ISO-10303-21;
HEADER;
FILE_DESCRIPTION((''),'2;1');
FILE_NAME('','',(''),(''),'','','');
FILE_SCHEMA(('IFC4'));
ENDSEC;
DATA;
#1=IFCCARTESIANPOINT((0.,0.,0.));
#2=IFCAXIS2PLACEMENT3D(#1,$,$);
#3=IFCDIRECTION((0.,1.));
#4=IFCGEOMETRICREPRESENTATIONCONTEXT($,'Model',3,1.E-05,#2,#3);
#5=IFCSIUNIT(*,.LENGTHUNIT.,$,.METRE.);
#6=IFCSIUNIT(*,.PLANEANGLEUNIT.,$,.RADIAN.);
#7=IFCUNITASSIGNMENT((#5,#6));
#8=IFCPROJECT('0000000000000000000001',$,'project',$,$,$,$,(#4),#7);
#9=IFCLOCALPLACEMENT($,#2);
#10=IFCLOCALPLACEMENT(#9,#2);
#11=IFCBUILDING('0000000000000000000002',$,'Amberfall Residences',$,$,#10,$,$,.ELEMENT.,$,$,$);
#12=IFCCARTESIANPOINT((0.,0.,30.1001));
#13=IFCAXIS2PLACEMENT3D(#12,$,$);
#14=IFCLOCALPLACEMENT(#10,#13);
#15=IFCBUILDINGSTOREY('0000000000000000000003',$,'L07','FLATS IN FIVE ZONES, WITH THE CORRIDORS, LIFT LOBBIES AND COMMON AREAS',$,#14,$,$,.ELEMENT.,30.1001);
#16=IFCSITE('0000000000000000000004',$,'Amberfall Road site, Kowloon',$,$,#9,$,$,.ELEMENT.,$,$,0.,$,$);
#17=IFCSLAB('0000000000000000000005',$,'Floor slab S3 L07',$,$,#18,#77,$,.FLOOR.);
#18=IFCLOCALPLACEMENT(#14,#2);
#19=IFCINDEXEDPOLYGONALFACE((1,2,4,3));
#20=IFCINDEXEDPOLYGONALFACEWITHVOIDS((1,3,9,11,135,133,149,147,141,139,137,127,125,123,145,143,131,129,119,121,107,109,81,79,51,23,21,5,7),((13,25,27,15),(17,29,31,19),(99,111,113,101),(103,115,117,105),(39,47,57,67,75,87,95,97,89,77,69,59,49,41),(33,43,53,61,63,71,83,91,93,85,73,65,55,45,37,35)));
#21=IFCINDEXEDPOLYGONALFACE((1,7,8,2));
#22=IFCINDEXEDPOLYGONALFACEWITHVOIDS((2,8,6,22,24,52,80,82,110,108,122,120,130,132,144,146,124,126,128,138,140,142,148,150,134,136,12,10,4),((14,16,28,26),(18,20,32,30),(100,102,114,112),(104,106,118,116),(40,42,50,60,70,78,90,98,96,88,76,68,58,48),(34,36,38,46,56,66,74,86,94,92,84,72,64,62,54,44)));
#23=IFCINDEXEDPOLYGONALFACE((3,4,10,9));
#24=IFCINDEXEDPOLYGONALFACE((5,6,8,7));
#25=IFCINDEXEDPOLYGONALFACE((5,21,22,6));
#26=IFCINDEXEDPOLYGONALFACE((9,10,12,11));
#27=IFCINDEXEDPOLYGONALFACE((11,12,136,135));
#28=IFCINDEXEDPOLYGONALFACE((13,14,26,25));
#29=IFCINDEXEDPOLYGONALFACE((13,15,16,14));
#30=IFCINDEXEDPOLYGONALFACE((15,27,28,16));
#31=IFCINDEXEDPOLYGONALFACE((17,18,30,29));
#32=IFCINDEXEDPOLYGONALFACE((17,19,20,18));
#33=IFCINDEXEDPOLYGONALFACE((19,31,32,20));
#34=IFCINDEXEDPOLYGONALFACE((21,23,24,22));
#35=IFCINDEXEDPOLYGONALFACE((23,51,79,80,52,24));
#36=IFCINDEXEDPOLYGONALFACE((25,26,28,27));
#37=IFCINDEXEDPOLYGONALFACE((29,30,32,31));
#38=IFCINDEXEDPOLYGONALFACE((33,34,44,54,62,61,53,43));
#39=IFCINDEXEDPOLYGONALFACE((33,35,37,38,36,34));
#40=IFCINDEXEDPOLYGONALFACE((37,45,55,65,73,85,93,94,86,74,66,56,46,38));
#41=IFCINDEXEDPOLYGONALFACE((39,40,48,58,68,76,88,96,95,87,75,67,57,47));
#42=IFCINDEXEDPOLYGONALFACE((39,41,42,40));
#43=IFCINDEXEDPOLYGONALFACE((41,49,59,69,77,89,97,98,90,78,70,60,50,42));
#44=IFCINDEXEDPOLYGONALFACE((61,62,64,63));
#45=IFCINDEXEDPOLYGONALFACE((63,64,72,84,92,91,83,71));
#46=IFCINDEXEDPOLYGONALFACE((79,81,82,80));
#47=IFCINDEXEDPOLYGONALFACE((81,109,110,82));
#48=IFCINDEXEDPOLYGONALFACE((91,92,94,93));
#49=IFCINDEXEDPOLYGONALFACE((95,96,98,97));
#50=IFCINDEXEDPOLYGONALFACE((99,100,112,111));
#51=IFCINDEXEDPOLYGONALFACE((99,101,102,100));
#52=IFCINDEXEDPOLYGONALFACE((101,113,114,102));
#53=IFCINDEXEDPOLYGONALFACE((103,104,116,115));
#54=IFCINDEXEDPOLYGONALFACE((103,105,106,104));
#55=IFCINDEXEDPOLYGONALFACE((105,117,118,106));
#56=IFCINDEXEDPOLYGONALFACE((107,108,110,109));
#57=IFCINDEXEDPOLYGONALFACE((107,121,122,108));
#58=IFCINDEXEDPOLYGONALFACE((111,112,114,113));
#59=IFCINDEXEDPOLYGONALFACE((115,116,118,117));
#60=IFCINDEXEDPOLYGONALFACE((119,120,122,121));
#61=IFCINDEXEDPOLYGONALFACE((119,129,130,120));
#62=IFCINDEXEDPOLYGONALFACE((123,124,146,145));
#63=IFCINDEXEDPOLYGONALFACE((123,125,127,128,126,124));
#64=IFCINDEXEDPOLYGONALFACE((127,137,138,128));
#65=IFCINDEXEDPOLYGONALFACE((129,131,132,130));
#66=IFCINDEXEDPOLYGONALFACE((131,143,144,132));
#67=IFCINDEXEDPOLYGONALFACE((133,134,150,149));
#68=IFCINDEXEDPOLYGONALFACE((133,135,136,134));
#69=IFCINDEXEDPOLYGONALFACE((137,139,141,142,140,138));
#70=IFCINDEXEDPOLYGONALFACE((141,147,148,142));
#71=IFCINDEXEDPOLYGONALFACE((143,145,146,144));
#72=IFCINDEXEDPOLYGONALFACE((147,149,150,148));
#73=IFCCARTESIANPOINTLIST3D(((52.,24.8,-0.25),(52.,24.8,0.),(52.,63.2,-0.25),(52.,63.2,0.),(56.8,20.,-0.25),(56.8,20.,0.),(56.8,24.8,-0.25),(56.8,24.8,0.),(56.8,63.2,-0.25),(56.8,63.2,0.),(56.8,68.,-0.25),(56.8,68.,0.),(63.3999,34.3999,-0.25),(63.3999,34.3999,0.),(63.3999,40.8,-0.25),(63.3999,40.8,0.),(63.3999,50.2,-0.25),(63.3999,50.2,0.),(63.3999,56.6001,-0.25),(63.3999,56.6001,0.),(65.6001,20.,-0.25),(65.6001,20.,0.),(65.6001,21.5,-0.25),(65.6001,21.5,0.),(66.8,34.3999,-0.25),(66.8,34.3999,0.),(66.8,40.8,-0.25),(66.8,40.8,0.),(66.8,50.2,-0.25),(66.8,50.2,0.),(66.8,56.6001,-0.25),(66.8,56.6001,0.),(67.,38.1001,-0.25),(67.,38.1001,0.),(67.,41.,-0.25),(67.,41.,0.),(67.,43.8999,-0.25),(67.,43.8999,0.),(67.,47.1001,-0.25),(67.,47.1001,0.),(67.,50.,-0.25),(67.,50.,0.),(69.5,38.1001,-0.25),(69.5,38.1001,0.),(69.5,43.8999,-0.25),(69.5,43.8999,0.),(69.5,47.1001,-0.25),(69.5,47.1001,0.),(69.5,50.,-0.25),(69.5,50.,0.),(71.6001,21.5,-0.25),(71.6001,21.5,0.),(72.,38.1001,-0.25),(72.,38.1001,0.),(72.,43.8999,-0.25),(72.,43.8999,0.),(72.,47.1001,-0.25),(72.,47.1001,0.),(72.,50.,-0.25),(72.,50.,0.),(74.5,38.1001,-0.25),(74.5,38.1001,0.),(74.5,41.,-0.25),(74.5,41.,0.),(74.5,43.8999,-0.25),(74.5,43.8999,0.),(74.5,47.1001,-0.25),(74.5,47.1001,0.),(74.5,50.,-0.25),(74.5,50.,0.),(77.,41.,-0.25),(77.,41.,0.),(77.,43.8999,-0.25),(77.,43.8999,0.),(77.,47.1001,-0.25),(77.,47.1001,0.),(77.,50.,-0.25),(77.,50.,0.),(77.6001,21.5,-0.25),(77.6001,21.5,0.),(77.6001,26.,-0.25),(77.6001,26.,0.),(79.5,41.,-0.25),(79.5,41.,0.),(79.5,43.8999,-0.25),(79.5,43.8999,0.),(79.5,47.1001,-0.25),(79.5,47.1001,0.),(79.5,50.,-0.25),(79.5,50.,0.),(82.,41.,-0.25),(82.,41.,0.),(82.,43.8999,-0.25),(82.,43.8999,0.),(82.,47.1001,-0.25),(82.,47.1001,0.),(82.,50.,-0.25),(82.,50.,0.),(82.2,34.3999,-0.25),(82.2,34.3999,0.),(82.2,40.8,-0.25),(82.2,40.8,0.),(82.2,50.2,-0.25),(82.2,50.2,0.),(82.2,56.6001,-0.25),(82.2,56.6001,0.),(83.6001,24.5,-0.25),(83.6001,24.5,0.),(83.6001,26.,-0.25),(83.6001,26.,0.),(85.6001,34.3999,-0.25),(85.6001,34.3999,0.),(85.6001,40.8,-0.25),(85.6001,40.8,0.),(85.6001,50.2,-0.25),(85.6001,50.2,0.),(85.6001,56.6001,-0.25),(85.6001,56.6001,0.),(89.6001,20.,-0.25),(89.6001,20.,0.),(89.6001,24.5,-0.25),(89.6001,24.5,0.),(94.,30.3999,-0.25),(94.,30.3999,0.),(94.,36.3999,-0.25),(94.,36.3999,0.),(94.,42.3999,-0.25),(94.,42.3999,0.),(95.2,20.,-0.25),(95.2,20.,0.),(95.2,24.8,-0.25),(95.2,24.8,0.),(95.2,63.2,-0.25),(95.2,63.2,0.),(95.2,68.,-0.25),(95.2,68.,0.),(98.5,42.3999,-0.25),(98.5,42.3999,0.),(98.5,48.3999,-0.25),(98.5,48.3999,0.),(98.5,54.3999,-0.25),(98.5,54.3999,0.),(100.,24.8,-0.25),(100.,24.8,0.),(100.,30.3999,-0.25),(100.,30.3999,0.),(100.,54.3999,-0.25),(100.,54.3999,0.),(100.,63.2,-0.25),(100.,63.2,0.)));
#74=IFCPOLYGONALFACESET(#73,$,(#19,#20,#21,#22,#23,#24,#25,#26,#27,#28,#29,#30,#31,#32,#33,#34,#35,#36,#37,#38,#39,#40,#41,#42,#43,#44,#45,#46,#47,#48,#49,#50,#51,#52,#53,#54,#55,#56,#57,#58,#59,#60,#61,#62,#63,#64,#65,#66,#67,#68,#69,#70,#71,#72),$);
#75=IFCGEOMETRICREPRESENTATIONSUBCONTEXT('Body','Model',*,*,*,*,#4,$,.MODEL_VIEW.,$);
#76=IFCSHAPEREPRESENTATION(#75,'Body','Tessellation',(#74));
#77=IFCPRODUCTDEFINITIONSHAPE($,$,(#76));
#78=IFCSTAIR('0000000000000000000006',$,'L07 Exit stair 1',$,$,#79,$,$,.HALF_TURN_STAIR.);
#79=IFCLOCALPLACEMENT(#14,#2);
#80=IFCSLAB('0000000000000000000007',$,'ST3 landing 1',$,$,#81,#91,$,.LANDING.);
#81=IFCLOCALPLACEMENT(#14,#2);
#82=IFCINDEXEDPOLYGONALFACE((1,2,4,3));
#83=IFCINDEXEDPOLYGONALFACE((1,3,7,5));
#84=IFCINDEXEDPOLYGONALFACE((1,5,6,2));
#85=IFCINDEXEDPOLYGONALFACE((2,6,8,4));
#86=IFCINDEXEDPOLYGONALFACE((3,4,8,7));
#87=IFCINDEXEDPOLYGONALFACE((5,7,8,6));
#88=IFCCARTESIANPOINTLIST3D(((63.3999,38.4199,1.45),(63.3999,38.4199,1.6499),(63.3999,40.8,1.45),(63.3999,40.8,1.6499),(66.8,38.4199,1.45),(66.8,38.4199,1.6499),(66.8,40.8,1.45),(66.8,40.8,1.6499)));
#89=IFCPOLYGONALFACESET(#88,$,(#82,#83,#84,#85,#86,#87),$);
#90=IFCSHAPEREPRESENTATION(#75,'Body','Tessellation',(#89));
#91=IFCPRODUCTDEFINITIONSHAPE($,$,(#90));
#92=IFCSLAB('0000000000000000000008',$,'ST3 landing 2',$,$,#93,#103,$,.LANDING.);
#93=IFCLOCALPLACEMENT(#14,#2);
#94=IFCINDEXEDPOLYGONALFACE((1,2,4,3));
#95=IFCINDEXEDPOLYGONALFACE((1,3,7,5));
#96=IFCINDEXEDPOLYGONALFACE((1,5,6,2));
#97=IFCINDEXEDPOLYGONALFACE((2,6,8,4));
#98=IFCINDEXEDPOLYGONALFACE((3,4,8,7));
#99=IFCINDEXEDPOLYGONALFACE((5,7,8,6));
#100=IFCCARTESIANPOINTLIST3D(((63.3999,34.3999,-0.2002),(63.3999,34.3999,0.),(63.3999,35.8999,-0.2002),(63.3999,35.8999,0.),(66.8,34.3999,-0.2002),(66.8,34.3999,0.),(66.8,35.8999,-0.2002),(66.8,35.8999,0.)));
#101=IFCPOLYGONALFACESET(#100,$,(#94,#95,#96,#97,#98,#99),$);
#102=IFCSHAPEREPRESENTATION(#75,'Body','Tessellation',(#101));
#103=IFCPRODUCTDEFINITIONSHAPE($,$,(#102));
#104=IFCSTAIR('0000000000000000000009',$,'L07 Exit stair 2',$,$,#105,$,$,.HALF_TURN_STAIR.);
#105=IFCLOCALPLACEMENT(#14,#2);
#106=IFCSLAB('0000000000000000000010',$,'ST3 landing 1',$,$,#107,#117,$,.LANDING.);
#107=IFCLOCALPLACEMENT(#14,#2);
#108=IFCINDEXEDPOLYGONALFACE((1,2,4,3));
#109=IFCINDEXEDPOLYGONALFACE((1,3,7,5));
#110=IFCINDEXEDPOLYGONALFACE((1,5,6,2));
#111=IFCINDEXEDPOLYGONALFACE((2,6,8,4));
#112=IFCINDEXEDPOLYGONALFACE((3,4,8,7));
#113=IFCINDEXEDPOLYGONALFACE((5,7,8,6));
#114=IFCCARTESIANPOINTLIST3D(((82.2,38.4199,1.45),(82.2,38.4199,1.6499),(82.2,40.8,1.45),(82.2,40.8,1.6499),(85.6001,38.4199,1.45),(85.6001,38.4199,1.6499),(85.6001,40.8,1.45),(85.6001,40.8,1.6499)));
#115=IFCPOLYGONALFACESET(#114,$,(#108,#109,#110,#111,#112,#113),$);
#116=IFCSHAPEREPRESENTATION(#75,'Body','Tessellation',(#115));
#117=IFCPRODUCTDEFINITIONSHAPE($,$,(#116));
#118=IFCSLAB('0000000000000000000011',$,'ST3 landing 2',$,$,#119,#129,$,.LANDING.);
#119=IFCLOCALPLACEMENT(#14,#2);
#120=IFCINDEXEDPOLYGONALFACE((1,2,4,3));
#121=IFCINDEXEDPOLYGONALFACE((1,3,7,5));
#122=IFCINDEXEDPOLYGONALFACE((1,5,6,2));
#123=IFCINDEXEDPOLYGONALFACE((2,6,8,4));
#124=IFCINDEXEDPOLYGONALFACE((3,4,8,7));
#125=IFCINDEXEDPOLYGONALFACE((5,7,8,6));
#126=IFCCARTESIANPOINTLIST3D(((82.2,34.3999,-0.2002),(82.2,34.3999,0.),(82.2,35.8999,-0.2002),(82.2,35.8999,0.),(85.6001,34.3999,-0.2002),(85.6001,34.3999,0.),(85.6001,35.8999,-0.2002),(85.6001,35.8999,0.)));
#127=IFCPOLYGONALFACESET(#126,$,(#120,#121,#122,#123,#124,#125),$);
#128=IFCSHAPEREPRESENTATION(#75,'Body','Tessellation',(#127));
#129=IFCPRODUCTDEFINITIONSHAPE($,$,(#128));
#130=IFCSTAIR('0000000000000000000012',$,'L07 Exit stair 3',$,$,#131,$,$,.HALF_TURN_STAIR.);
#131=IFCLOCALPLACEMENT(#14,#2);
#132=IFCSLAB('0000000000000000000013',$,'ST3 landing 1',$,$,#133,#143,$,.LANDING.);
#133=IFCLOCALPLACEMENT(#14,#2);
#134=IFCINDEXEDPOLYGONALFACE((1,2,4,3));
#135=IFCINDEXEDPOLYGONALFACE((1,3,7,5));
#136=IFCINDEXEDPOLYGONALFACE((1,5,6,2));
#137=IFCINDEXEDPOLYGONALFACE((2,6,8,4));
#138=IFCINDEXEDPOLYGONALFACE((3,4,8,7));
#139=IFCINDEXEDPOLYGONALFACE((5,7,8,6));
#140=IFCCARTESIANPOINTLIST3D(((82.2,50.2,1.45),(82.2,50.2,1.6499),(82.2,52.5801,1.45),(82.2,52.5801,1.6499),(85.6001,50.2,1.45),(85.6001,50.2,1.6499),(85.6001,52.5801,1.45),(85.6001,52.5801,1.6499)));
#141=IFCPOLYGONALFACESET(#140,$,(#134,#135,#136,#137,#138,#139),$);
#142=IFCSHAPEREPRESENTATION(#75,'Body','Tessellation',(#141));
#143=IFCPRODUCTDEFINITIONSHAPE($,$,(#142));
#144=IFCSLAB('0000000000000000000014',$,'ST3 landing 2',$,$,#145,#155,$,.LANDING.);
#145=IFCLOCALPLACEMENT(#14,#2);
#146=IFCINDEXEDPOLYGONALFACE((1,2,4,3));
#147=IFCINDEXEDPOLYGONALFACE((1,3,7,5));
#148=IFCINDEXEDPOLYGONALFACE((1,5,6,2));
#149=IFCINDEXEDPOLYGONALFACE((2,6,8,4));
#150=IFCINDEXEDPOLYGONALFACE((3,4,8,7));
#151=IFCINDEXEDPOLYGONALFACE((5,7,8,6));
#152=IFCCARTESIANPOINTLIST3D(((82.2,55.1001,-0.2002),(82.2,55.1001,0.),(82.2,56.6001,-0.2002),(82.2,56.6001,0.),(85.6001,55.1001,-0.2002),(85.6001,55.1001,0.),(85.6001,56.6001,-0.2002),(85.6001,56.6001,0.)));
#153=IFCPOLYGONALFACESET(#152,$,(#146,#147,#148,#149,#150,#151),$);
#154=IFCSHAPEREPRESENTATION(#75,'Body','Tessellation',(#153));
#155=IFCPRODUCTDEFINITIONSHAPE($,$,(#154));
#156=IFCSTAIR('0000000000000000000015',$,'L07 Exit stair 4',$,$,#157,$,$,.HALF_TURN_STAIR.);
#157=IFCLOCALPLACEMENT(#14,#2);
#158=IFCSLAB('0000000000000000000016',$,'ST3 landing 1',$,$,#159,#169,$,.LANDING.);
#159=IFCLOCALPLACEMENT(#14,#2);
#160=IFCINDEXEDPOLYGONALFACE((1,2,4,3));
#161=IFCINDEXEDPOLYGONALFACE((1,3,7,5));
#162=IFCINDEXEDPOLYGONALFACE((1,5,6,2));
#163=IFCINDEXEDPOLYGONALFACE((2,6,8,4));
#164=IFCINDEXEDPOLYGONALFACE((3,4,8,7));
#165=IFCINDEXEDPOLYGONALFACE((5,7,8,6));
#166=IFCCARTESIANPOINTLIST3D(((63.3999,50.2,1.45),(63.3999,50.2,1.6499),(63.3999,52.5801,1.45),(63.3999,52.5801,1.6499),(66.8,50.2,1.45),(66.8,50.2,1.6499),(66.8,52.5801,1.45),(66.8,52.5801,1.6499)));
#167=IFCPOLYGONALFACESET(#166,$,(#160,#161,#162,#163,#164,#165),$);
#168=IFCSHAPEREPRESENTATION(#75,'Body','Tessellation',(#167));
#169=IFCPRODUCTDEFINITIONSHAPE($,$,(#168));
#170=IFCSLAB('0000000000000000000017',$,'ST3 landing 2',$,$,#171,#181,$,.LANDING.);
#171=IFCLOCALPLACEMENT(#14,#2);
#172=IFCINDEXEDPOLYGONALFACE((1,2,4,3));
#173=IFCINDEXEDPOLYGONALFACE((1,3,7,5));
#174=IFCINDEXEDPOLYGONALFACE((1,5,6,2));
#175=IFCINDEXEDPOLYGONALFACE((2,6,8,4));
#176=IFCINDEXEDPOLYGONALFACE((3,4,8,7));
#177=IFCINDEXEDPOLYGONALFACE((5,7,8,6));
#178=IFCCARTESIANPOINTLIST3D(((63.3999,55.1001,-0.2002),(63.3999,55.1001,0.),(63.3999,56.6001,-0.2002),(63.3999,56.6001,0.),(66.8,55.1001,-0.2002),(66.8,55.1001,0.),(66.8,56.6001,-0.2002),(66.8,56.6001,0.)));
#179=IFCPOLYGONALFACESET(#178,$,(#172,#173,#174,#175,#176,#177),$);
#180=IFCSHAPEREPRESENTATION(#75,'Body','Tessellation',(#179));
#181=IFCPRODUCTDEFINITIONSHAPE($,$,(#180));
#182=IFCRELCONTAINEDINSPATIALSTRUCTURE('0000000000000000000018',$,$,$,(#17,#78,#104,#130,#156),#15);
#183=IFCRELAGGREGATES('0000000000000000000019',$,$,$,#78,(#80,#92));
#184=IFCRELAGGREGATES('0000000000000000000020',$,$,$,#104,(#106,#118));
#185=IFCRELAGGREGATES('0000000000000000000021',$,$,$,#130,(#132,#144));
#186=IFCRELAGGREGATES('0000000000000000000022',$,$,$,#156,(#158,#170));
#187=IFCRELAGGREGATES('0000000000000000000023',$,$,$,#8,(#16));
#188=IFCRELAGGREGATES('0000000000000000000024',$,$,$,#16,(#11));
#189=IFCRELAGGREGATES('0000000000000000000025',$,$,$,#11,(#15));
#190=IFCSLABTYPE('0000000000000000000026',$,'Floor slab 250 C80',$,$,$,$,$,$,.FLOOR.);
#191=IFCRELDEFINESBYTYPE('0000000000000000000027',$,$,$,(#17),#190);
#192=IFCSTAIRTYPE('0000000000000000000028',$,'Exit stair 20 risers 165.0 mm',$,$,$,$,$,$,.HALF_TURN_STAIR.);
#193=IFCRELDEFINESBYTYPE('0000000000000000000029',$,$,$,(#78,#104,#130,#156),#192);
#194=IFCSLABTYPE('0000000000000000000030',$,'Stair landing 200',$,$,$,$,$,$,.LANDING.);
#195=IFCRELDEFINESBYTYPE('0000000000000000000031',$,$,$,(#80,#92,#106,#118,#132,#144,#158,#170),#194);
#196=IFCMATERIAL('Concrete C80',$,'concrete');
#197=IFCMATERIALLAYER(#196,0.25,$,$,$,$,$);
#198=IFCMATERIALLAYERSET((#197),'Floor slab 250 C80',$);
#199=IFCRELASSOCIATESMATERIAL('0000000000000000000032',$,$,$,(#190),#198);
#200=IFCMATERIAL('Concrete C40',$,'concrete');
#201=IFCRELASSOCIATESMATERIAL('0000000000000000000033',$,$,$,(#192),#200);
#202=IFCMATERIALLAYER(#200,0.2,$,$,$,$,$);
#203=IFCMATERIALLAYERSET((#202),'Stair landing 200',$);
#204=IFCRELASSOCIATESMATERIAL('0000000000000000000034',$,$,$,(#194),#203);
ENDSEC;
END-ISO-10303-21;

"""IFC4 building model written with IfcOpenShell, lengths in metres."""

from ifc_helpers import new_model, si_unit, direction, frame, origin, place, context, subcontext, project, spatial, polyline, outline, extrude, material, layer, layer_set, type_object, element, aggregate, save


model = new_model("IFC4")

# Units and contexts
model_context = context("Model", 3, precision=1e-05, world=origin(), true_north=direction((0.0, 1.0)))
body_context = subcontext(model_context, "Body", "Model", "MODEL_VIEW")
ifc_project = project(units=[si_unit("LENGTHUNIT", "METRE"), si_unit("PLANEANGLEUNIT", "RADIAN")], contexts=[model_context])

# Site, building, storey
site_placement = place(None, origin())
site = spatial("IfcSite", under=ifc_project, at=site_placement, Name="Amberfall Road site, Kowloon", CompositionType="ELEMENT", RefElevation=0.0)
building_placement = place(site_placement, origin())
building = spatial("IfcBuilding", under=site, at=building_placement, Name="Amberfall Residences", CompositionType="ELEMENT")
storey_placement = place(building_placement, frame((0.0, 0.0, 30.1001)))
storey = spatial("IfcBuildingStorey", under=building, at=storey_placement, Name="L07", Description="FLATS IN FIVE ZONES, WITH THE CORRIDORS, LIFT LOBBIES AND COMMON AREAS", CompositionType="ELEMENT", Elevation=30.1001)

# Shared definitions
ifc_material_1 = material(Name="Concrete C80", Category="concrete")

# Slab
ifc_layer_1 = layer(ifc_material_1, 0.25)
ifc_layer_set_1 = layer_set([ifc_layer_1], Name="Floor slab 250 C80")
slab_type_1 = type_object("IfcSlabType", Name="Floor slab 250 C80", PredefinedType="FLOOR", material=ifc_layer_set_1)
slab_1_placement = place(storey_placement, frame((0.0, 0.0, -0.25)))
element("IfcSlab", 1, at=slab_1_placement, inside=storey, type_object=slab_type_1, Name="Floor slab S3 L07", PredefinedType="FLOOR", context=body_context, shape_type="SweptSolid", body=[
    extrude(outline(polyline([(89.6001, 20.0), (89.6001, 24.5), (83.6001, 24.5), (83.6001, 26.0), (77.6001, 26.0), (77.6001, 21.5), (71.6001, 21.5), (65.6001, 21.5), (65.6001, 20.0), (56.8, 20.0), (56.8, 24.8), (52.0, 24.8), (52.0, 63.2), (56.8, 63.2), (56.8, 68.0), (95.2, 68.0), (95.2, 63.2), (100.0, 63.2), (100.0, 54.3999), (98.5, 54.3999), (98.5, 48.3999), (98.5, 42.3999), (94.0, 42.3999), (94.0, 36.3999), (94.0, 30.3999), (100.0, 30.3999), (100.0, 24.8), (95.2, 24.8), (95.2, 20.0), (89.6001, 20.0)]), holes=[polyline([(85.6001, 34.3999), (85.6001, 40.8), (82.2, 40.8), (82.2, 34.3999), (85.6001, 34.3999)]), polyline([(82.2, 50.2), (85.6001, 50.2), (85.6001, 56.6001), (82.2, 56.6001), (82.2, 50.2)]), polyline([(69.5, 50.0), (67.0, 50.0), (67.0, 47.1001), (69.5, 47.1001), (72.0, 47.1001), (74.5, 47.1001), (77.0, 47.1001), (79.5, 47.1001), (82.0, 47.1001), (82.0, 50.0), (79.5, 50.0), (77.0, 50.0), (74.5, 50.0), (72.0, 50.0), (69.5, 50.0)]), polyline([(74.5, 41.0), (77.0, 41.0), (79.5, 41.0), (82.0, 41.0), (82.0, 43.8999), (79.5, 43.8999), (77.0, 43.8999), (74.5, 43.8999), (72.0, 43.8999), (69.5, 43.8999), (67.0, 43.8999), (67.0, 41.0), (67.0, 38.1001), (69.5, 38.1001), (72.0, 38.1001), (74.5, 38.1001), (74.5, 41.0)]), polyline([(66.8, 34.3999), (66.8, 40.8), (63.3999, 40.8), (63.3999, 34.3999), (66.8, 34.3999)]), polyline([(66.8, 50.2), (66.8, 56.6001), (63.3999, 56.6001), (63.3999, 50.2), (66.8, 50.2)])]), origin(), (0.0, 0.0, 1.0), 0.25),
])

# Stairs, slabs
ifc_material_2 = material(Name="Concrete C40", Category="concrete")
stair_type = type_object("IfcStairType", Name="Exit stair 20 risers 165.0 mm", PredefinedType="HALF_TURN_STAIR", material=ifc_material_2)
stair_1_placement = place(storey_placement, origin())
stair_1 = element("IfcStair", 2, at=stair_1_placement, inside=storey, type_object=stair_type, Name="L07 Exit stair 1", PredefinedType="HALF_TURN_STAIR")
ifc_layer_2 = layer(ifc_material_2, 0.2)
ifc_layer_set_2 = layer_set([ifc_layer_2], Name="Stair landing 200")
slab_type_2 = type_object("IfcSlabType", Name="Stair landing 200", PredefinedType="LANDING", material=ifc_layer_set_2)
slab_2_placement = place(storey_placement, frame((0.0, 0.0, 1.45)))
slab_2 = element("IfcSlab", 3, at=slab_2_placement, type_object=slab_type_2, Name="ST3 landing 1", PredefinedType="LANDING", context=body_context, shape_type="SweptSolid", body=[
    extrude(outline(polyline([(66.8, 38.4199), (66.8, 40.8), (63.3999, 40.8), (63.3999, 38.4199), (66.8, 38.4199)])), origin(), (0.0, 0.0, 1.0), 0.2),
])
slab_3_placement = place(storey_placement, frame((0.0, 0.0, -0.2002)))
slab_3 = element("IfcSlab", 4, at=slab_3_placement, type_object=slab_type_2, Name="ST3 landing 2", PredefinedType="LANDING", context=body_context, shape_type="SweptSolid", body=[
    extrude(outline(polyline([(66.8, 34.3999), (66.8, 35.8999), (63.3999, 35.8999), (63.3999, 34.3999), (66.8, 34.3999)])), origin(), (0.0, 0.0, 1.0), 0.2002),
])
aggregate(stair_1, [slab_2, slab_3])
stair_2_placement = place(storey_placement, origin())
stair_2 = element("IfcStair", 5, at=stair_2_placement, inside=storey, type_object=stair_type, Name="L07 Exit stair 2", PredefinedType="HALF_TURN_STAIR")
slab_4_placement = place(storey_placement, frame((0.0, 0.0, 1.45)))
slab_4 = element("IfcSlab", 6, at=slab_4_placement, type_object=slab_type_2, Name="ST3 landing 1", PredefinedType="LANDING", context=body_context, shape_type="SweptSolid", body=[
    extrude(outline(polyline([(85.6001, 38.4199), (85.6001, 40.8), (82.2, 40.8), (82.2, 38.4199), (85.6001, 38.4199)])), origin(), (0.0, 0.0, 1.0), 0.2),
])
slab_5_placement = place(storey_placement, frame((0.0, 0.0, -0.2002)))
slab_5 = element("IfcSlab", 7, at=slab_5_placement, type_object=slab_type_2, Name="ST3 landing 2", PredefinedType="LANDING", context=body_context, shape_type="SweptSolid", body=[
    extrude(outline(polyline([(85.6001, 34.3999), (85.6001, 35.8999), (82.2, 35.8999), (82.2, 34.3999), (85.6001, 34.3999)])), origin(), (0.0, 0.0, 1.0), 0.2002),
])
aggregate(stair_2, [slab_4, slab_5])
stair_3_placement = place(storey_placement, origin())
stair_3 = element("IfcStair", 8, at=stair_3_placement, inside=storey, type_object=stair_type, Name="L07 Exit stair 3", PredefinedType="HALF_TURN_STAIR")
slab_6_placement = place(storey_placement, frame((0.0, 0.0, 1.45)))
slab_6 = element("IfcSlab", 9, at=slab_6_placement, type_object=slab_type_2, Name="ST3 landing 1", PredefinedType="LANDING", context=body_context, shape_type="SweptSolid", body=[
    extrude(outline(polyline([(82.2, 52.5801), (82.2, 50.2), (85.6001, 50.2), (85.6001, 52.5801), (82.2, 52.5801)])), origin(), (0.0, 0.0, 1.0), 0.2),
])
slab_7_placement = place(storey_placement, frame((0.0, 0.0, -0.2002)))
slab_7 = element("IfcSlab", 10, at=slab_7_placement, type_object=slab_type_2, Name="ST3 landing 2", PredefinedType="LANDING", context=body_context, shape_type="SweptSolid", body=[
    extrude(outline(polyline([(82.2, 56.6001), (82.2, 55.1001), (85.6001, 55.1001), (85.6001, 56.6001), (82.2, 56.6001)])), origin(), (0.0, 0.0, 1.0), 0.2002),
])
aggregate(stair_3, [slab_6, slab_7])
stair_4_placement = place(storey_placement, origin())
stair_4 = element("IfcStair", 11, at=stair_4_placement, inside=storey, type_object=stair_type, Name="L07 Exit stair 4", PredefinedType="HALF_TURN_STAIR")
slab_8_placement = place(storey_placement, frame((0.0, 0.0, 1.45)))
slab_8 = element("IfcSlab", 12, at=slab_8_placement, type_object=slab_type_2, Name="ST3 landing 1", PredefinedType="LANDING", context=body_context, shape_type="SweptSolid", body=[
    extrude(outline(polyline([(63.3999, 52.5801), (63.3999, 50.2), (66.8, 50.2), (66.8, 52.5801), (63.3999, 52.5801)])), origin(), (0.0, 0.0, 1.0), 0.2),
])
slab_9_placement = place(storey_placement, frame((0.0, 0.0, -0.2002)))
slab_9 = element("IfcSlab", 13, at=slab_9_placement, type_object=slab_type_2, Name="ST3 landing 2", PredefinedType="LANDING", context=body_context, shape_type="SweptSolid", body=[
    extrude(outline(polyline([(63.3999, 56.6001), (63.3999, 55.1001), (66.8, 55.1001), (66.8, 56.6001), (63.3999, 56.6001)])), origin(), (0.0, 0.0, 1.0), 0.2002),
])
aggregate(stair_4, [slab_8, slab_9])

save(model, "model.ifc")
